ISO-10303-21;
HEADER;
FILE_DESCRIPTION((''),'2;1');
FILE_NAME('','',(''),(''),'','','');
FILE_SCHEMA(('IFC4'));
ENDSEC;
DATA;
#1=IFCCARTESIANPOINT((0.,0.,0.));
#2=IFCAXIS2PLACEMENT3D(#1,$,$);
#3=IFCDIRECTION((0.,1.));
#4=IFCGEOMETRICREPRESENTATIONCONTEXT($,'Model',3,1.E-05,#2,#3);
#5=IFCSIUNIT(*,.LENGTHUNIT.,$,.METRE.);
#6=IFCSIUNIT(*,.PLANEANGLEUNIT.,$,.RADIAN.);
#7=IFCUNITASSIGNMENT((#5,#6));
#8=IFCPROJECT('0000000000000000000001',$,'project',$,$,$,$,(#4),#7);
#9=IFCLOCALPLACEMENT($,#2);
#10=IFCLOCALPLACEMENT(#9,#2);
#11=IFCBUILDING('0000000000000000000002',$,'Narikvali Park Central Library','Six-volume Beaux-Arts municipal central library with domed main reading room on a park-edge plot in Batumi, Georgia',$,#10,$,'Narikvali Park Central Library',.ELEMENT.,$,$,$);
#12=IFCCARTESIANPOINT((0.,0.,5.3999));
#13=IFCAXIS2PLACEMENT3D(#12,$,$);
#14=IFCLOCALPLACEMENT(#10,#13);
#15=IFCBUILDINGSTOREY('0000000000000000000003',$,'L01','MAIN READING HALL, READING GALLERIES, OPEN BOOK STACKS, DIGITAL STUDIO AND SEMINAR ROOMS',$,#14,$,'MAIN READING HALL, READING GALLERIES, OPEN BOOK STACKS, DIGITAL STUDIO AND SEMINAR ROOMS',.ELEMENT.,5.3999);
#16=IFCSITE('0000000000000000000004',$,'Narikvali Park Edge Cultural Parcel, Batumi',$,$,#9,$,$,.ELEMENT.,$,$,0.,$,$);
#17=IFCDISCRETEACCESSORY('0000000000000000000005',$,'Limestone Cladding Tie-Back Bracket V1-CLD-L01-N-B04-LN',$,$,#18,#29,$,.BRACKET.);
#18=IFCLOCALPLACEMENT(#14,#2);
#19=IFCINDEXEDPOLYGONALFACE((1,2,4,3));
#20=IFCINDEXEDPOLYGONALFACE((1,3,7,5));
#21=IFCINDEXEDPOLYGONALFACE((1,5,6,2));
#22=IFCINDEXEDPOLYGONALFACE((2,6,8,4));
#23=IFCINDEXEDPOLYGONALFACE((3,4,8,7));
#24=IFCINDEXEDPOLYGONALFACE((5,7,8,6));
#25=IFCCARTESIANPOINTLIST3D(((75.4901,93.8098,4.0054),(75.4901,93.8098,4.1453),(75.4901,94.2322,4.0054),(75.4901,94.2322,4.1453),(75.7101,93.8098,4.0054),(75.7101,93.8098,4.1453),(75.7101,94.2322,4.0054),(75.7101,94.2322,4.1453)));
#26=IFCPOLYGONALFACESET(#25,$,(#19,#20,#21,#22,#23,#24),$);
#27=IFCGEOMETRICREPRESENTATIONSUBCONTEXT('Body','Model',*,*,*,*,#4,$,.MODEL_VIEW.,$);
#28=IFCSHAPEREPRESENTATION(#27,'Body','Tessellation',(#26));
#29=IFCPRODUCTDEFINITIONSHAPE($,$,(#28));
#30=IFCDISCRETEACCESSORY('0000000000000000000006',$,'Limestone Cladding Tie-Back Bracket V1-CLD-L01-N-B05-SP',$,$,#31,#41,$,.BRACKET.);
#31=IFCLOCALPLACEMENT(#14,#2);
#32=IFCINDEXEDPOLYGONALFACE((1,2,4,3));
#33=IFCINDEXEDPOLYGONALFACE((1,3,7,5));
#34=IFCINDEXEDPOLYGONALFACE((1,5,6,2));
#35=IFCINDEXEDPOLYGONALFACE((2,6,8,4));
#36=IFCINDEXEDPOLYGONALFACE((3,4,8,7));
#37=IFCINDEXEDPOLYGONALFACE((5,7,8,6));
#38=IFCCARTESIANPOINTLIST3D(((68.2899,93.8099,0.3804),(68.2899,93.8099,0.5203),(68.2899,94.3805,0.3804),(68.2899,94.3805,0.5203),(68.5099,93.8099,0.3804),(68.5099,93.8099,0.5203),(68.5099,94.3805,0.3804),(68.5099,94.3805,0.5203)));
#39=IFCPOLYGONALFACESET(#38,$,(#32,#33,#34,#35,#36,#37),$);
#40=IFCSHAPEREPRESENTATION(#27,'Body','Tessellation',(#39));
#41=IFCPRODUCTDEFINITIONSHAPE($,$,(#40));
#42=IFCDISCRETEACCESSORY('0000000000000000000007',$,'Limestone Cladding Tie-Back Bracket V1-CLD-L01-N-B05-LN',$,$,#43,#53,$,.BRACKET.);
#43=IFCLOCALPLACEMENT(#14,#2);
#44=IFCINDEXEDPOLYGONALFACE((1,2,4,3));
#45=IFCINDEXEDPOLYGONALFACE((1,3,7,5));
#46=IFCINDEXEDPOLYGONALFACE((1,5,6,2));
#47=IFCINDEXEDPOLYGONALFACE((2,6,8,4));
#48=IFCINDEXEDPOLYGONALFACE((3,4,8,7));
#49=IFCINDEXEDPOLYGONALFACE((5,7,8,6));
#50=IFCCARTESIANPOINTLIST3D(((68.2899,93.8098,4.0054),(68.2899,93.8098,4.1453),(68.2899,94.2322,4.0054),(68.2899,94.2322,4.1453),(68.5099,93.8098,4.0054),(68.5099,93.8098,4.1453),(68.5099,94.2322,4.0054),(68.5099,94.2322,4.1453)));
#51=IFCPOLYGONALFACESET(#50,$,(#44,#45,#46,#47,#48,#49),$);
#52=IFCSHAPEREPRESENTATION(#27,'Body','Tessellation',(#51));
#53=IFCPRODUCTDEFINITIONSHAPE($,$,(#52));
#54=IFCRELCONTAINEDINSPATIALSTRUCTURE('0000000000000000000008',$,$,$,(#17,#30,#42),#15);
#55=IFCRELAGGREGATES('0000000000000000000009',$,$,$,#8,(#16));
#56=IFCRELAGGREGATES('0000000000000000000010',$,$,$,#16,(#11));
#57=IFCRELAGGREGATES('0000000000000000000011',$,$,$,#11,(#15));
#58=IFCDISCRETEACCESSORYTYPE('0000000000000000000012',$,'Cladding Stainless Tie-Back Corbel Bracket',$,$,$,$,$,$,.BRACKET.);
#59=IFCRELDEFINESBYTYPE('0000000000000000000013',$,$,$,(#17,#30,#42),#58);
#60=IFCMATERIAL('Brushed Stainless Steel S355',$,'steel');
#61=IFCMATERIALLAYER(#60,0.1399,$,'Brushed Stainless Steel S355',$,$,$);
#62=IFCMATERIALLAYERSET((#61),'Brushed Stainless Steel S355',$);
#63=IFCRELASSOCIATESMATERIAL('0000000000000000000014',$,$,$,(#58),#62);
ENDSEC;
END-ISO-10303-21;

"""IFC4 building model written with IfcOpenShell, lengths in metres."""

from ifc_helpers import new_model, si_unit, direction, frame, origin, origin_2d, place, context, subcontext, project, spatial, rectangle, extrude, material, layer, layer_set, type_object, element, save


model = new_model("IFC4")

# Units and contexts
model_context = context("Model", 3, precision=1e-05, world=origin(), true_north=direction((0.0, 1.0)))
body_context = subcontext(model_context, "Body", "Model", "MODEL_VIEW")
ifc_project = project(units=[si_unit("LENGTHUNIT", "METRE"), si_unit("PLANEANGLEUNIT", "RADIAN")], contexts=[model_context])

# Site, building, storey
site_placement = place(None, origin())
site = spatial("IfcSite", under=ifc_project, at=site_placement, Name="Narikvali Park Edge Cultural Parcel, Batumi", CompositionType="ELEMENT", RefElevation=0.0)
building_placement = place(site_placement, origin())
building = spatial("IfcBuilding", under=site, at=building_placement, Name="Narikvali Park Central Library", Description="Six-volume Beaux-Arts municipal central library with domed main reading room on a park-edge plot in Batumi, Georgia", LongName="Narikvali Park Central Library", CompositionType="ELEMENT")
storey_placement = place(building_placement, frame((0.0, 0.0, 5.3999)))
storey = spatial("IfcBuildingStorey", under=building, at=storey_placement, Name="L01", Description="MAIN READING HALL, READING GALLERIES, OPEN BOOK STACKS, DIGITAL STUDIO AND SEMINAR ROOMS", LongName="MAIN READING HALL, READING GALLERIES, OPEN BOOK STACKS, DIGITAL STUDIO AND SEMINAR ROOMS", CompositionType="ELEMENT", Elevation=5.3999)

# Discrete accessories
ifc_material_1 = material(Name="Brushed Stainless Steel S355", Category="steel")
ifc_layer_1 = layer(ifc_material_1, 0.1399, Name="Brushed Stainless Steel S355")
ifc_layer_set_1 = layer_set([ifc_layer_1], Name="Brushed Stainless Steel S355")
discrete_accessory_type = type_object("IfcDiscreteAccessoryType", Name="Cladding Stainless Tie-Back Corbel Bracket", PredefinedType="BRACKET", material=ifc_layer_set_1)
discrete_accessory_1_placement = place(storey_placement, frame((75.6001, 94.021, 4.0054), z_axis=(0.0, 0.0, 1.0), x_axis=(1.0, 0.0, 0.0)))
element("IfcDiscreteAccessory", 1, at=discrete_accessory_1_placement, inside=storey, type_object=discrete_accessory_type, Name="Limestone Cladding Tie-Back Bracket V1-CLD-L01-N-B04-LN", PredefinedType="BRACKET", context=body_context, shape_type="SweptSolid", body=[
    extrude(rectangle(XDim=0.22, YDim=0.4224, at=origin_2d()), origin(), (0.0, 0.0, 1.0), 0.1399),
])
discrete_accessory_2_placement = place(storey_placement, frame((68.3999, 94.0952, 0.3804), z_axis=(0.0, 0.0, 1.0), x_axis=(1.0, 0.0, 0.0)))
element("IfcDiscreteAccessory", 2, at=discrete_accessory_2_placement, inside=storey, type_object=discrete_accessory_type, Name="Limestone Cladding Tie-Back Bracket V1-CLD-L01-N-B05-SP", PredefinedType="BRACKET", context=body_context, shape_type="SweptSolid", body=[
    extrude(rectangle(XDim=0.22, YDim=0.5706, at=origin_2d()), origin(), (0.0, 0.0, 1.0), 0.1399),
])
discrete_accessory_3_placement = place(storey_placement, frame((68.3999, 94.021, 4.0054), z_axis=(0.0, 0.0, 1.0), x_axis=(1.0, 0.0, 0.0)))
element("IfcDiscreteAccessory", 3, at=discrete_accessory_3_placement, inside=storey, type_object=discrete_accessory_type, Name="Limestone Cladding Tie-Back Bracket V1-CLD-L01-N-B05-LN", PredefinedType="BRACKET", context=body_context, shape_type="SweptSolid", body=[
    extrude(rectangle(XDim=0.22, YDim=0.4224, at=origin_2d()), origin(), (0.0, 0.0, 1.0), 0.1399),
])

save(model, "model.ifc")
